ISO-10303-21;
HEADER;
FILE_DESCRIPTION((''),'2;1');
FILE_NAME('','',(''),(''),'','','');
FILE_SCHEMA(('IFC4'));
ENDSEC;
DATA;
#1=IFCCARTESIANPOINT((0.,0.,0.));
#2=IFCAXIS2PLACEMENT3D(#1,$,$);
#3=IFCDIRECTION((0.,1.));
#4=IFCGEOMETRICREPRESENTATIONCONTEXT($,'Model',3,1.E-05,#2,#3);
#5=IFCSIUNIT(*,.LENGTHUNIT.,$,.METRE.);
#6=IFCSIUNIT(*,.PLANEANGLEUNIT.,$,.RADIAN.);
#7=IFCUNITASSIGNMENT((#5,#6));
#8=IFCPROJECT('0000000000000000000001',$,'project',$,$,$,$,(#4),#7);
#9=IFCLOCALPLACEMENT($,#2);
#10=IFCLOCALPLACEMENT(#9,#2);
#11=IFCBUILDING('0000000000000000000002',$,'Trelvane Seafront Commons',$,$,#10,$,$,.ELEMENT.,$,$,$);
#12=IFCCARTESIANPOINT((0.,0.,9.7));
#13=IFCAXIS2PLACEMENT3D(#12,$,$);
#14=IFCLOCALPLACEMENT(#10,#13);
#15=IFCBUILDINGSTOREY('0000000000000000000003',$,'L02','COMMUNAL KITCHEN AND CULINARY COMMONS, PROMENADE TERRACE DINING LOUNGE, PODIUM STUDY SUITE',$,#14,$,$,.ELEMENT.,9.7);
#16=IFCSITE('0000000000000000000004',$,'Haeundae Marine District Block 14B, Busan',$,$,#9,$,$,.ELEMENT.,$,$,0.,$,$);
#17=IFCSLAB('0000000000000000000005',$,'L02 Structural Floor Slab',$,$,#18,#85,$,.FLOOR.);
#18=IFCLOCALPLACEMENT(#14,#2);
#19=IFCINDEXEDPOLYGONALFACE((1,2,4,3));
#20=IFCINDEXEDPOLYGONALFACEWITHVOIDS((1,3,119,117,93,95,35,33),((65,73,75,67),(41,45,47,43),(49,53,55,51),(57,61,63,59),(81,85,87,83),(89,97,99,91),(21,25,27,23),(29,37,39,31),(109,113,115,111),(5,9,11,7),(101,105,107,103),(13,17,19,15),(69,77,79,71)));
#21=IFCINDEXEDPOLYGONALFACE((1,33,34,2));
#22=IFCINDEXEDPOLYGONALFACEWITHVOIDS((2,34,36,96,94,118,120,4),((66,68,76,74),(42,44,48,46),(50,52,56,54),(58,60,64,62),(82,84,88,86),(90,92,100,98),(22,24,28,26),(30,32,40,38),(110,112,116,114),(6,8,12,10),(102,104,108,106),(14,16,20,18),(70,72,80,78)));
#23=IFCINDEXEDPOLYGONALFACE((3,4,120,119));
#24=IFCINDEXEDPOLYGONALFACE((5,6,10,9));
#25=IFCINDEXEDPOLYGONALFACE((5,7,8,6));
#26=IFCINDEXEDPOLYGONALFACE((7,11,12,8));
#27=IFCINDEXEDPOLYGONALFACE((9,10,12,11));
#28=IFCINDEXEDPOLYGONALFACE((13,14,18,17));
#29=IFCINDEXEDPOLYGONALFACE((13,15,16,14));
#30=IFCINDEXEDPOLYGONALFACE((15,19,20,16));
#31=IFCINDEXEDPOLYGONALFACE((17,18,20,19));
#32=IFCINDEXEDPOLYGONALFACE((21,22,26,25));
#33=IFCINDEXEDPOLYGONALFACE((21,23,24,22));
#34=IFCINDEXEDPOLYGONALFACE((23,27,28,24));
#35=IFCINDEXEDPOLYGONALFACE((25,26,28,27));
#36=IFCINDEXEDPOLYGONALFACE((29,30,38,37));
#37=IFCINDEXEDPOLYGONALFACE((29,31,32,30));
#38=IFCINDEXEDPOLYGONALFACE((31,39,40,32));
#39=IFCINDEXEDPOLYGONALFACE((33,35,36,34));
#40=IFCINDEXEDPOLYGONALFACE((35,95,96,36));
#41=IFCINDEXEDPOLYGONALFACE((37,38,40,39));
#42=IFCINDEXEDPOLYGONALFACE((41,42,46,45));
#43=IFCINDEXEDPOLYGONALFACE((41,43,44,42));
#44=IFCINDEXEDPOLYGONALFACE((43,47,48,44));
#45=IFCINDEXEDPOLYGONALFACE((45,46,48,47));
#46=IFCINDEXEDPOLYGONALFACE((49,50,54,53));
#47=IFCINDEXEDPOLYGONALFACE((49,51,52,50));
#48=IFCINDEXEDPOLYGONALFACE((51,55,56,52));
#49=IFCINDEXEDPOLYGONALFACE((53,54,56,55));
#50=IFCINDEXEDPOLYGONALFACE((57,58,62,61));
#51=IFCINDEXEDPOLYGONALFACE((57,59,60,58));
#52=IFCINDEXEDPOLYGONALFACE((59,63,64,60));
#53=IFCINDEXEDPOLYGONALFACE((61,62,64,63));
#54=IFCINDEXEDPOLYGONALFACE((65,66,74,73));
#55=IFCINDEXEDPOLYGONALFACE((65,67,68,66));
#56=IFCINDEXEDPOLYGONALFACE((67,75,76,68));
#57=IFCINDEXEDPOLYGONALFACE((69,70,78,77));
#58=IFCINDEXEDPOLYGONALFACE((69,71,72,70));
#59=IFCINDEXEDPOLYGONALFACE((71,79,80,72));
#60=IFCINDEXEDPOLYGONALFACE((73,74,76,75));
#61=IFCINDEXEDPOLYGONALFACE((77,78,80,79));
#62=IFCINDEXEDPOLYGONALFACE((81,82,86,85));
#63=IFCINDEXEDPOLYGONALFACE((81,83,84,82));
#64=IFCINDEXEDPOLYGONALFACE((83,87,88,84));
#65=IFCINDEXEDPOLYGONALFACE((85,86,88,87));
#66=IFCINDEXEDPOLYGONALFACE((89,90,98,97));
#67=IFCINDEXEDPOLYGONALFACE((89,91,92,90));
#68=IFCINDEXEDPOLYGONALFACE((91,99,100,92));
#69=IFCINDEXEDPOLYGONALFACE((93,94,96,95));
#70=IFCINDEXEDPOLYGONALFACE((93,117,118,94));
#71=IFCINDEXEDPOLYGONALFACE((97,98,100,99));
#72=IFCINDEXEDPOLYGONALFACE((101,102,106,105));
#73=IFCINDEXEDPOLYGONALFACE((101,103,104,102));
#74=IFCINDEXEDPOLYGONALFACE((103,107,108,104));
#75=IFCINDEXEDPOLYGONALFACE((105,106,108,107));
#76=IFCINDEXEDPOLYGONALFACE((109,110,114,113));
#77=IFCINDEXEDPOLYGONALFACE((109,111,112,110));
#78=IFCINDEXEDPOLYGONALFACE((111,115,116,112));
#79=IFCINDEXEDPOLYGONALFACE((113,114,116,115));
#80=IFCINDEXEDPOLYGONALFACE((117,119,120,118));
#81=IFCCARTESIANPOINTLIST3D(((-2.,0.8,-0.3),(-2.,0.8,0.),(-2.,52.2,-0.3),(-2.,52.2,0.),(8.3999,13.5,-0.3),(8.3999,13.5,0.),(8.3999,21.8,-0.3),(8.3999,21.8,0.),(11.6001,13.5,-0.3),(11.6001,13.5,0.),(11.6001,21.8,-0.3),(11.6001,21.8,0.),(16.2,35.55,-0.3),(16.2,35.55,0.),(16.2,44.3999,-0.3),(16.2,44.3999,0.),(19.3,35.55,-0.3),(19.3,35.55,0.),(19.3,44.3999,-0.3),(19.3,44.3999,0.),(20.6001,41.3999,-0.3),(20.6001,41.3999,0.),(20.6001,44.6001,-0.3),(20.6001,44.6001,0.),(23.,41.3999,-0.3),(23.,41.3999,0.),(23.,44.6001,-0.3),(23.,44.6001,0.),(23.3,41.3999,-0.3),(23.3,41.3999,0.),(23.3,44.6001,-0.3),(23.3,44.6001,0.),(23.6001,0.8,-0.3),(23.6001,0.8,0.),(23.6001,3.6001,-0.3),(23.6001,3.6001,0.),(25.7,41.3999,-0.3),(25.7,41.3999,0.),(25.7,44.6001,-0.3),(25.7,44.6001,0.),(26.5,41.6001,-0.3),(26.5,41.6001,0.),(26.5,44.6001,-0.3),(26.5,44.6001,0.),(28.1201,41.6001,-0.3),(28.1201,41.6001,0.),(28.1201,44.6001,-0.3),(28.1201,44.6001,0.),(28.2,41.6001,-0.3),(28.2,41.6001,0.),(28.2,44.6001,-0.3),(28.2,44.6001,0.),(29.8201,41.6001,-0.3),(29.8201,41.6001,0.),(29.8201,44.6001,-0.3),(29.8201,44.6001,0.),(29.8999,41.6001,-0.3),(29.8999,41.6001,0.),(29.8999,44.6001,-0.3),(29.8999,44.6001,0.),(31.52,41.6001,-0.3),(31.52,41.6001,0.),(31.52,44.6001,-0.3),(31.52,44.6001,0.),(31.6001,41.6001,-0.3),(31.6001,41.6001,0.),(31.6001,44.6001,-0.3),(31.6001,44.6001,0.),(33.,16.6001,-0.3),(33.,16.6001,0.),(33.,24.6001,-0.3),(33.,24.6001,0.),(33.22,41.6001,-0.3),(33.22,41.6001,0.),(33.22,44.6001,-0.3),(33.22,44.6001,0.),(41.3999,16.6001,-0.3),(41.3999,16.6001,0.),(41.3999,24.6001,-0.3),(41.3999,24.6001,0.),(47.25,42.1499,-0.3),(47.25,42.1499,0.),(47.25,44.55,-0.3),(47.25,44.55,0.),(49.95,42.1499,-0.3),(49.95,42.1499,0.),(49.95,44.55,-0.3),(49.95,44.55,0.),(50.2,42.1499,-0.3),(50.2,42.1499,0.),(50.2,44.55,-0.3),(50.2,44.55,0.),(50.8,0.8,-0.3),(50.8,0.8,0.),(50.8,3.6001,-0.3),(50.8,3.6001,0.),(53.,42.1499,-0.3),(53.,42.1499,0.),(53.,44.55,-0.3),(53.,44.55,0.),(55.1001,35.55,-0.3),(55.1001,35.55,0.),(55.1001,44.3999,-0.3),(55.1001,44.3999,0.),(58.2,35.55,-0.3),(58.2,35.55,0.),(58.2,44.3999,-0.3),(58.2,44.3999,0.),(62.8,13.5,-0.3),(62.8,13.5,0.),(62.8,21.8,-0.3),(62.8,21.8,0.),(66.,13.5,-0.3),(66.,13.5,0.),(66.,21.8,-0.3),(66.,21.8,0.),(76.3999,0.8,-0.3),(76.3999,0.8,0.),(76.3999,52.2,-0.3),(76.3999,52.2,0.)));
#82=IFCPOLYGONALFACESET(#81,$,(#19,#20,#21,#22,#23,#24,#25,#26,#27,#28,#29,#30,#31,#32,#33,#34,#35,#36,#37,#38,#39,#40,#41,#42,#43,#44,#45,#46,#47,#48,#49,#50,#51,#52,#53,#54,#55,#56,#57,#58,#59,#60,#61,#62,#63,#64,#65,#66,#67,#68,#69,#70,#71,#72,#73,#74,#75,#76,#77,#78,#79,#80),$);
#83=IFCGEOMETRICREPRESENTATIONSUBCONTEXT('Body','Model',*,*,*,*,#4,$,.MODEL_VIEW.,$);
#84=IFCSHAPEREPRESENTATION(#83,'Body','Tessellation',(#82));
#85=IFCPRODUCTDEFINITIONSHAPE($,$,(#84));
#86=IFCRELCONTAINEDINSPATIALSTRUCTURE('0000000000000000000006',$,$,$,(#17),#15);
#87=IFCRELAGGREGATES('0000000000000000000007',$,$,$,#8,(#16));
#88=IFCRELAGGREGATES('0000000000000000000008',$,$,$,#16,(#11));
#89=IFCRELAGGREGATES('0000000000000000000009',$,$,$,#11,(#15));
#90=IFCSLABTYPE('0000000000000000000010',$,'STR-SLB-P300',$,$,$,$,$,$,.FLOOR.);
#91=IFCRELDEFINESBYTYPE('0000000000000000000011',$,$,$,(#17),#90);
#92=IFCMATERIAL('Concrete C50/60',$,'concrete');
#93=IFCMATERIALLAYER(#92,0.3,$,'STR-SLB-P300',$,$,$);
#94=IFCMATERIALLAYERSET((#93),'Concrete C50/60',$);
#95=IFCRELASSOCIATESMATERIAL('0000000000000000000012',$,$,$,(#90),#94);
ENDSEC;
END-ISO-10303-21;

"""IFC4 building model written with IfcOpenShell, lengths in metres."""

from ifc_helpers import new_model, si_unit, direction, frame, origin, place, context, subcontext, project, spatial, polyline, outline, extrude, material, layer, layer_set, type_object, element, save


model = new_model("IFC4")

# Units and contexts
model_context = context("Model", 3, precision=1e-05, world=origin(), true_north=direction((0.0, 1.0)))
body_context = subcontext(model_context, "Body", "Model", "MODEL_VIEW")
ifc_project = project(units=[si_unit("LENGTHUNIT", "METRE"), si_unit("PLANEANGLEUNIT", "RADIAN")], contexts=[model_context])

# Site, building, storey
site_placement = place(None, origin())
site = spatial("IfcSite", under=ifc_project, at=site_placement, Name="Haeundae Marine District Block 14B, Busan", CompositionType="ELEMENT", RefElevation=0.0)
building_placement = place(site_placement, origin())
building = spatial("IfcBuilding", under=site, at=building_placement, Name="Trelvane Seafront Commons", CompositionType="ELEMENT")
storey_placement = place(building_placement, frame((0.0, 0.0, 9.7)))
storey = spatial("IfcBuildingStorey", under=building, at=storey_placement, Name="L02", Description="COMMUNAL KITCHEN AND CULINARY COMMONS, PROMENADE TERRACE DINING LOUNGE, PODIUM STUDY SUITE", CompositionType="ELEMENT", Elevation=9.7)

# Shared definitions
ifc_material_1 = material(Name="Concrete C50/60", Category="concrete")

# Slab
ifc_layer_1 = layer(ifc_material_1, 0.3, Name="STR-SLB-P300")
ifc_layer_set_1 = layer_set([ifc_layer_1], Name="Concrete C50/60")
slab_type_1 = type_object("IfcSlabType", Name="STR-SLB-P300", PredefinedType="FLOOR", material=ifc_layer_set_1)
slab_1_placement = place(storey_placement, frame((0.0, 0.0, -0.3)))
element("IfcSlab", 1, at=slab_1_placement, inside=storey, type_object=slab_type_1, Name="L02 Structural Floor Slab", PredefinedType="FLOOR", context=body_context, shape_type="SweptSolid", body=[
    extrude(outline(polyline([(-2.0, 0.8), (23.6001, 0.8), (23.6001, 3.6001), (50.8, 3.6001), (50.8, 0.8), (76.3999, 0.8), (76.3999, 52.2), (-2.0, 52.2), (-2.0, 0.8)]), holes=[polyline([(11.6001, 13.5), (8.3999, 13.5), (8.3999, 21.8), (11.6001, 21.8), (11.6001, 13.5)]), polyline([(16.2, 35.55), (16.2, 44.3999), (19.3, 44.3999), (19.3, 35.55), (16.2, 35.55)]), polyline([(20.6001, 41.3999), (20.6001, 44.6001), (23.0, 44.6001), (23.0, 41.3999), (20.6001, 41.3999)]), polyline([(25.7, 41.3999), (23.3, 41.3999), (23.3, 44.6001), (25.7, 44.6001), (25.7, 41.3999)]), polyline([(26.5, 41.6001), (26.5, 44.6001), (28.1201, 44.6001), (28.1201, 41.6001), (26.5, 41.6001)]), polyline([(28.2, 41.6001), (28.2, 44.6001), (29.8201, 44.6001), (29.8201, 41.6001), (28.2, 41.6001)]), polyline([(31.52, 41.6001), (29.8999, 41.6001), (29.8999, 44.6001), (31.52, 44.6001), (31.52, 41.6001)]), polyline([(62.8, 13.5), (62.8, 21.8), (66.0, 21.8), (66.0, 13.5), (62.8, 13.5)]), polyline([(33.0, 16.6001), (33.0, 24.6001), (41.3999, 24.6001), (41.3999, 16.6001), (33.0, 16.6001)]), polyline([(55.1001, 35.55), (55.1001, 44.3999), (58.2, 44.3999), (58.2, 35.55), (55.1001, 35.55)]), polyline([(31.6001, 41.6001), (31.6001, 44.6001), (33.22, 44.6001), (33.22, 41.6001), (31.6001, 41.6001)]), polyline([(47.25, 42.1499), (47.25, 44.55), (49.95, 44.55), (49.95, 42.1499), (47.25, 42.1499)]), polyline([(50.2, 42.1499), (50.2, 44.55), (53.0, 44.55), (53.0, 42.1499), (50.2, 42.1499)])]), origin(), (0.0, 0.0, 1.0), 0.3),
])

save(model, "model.ifc")
